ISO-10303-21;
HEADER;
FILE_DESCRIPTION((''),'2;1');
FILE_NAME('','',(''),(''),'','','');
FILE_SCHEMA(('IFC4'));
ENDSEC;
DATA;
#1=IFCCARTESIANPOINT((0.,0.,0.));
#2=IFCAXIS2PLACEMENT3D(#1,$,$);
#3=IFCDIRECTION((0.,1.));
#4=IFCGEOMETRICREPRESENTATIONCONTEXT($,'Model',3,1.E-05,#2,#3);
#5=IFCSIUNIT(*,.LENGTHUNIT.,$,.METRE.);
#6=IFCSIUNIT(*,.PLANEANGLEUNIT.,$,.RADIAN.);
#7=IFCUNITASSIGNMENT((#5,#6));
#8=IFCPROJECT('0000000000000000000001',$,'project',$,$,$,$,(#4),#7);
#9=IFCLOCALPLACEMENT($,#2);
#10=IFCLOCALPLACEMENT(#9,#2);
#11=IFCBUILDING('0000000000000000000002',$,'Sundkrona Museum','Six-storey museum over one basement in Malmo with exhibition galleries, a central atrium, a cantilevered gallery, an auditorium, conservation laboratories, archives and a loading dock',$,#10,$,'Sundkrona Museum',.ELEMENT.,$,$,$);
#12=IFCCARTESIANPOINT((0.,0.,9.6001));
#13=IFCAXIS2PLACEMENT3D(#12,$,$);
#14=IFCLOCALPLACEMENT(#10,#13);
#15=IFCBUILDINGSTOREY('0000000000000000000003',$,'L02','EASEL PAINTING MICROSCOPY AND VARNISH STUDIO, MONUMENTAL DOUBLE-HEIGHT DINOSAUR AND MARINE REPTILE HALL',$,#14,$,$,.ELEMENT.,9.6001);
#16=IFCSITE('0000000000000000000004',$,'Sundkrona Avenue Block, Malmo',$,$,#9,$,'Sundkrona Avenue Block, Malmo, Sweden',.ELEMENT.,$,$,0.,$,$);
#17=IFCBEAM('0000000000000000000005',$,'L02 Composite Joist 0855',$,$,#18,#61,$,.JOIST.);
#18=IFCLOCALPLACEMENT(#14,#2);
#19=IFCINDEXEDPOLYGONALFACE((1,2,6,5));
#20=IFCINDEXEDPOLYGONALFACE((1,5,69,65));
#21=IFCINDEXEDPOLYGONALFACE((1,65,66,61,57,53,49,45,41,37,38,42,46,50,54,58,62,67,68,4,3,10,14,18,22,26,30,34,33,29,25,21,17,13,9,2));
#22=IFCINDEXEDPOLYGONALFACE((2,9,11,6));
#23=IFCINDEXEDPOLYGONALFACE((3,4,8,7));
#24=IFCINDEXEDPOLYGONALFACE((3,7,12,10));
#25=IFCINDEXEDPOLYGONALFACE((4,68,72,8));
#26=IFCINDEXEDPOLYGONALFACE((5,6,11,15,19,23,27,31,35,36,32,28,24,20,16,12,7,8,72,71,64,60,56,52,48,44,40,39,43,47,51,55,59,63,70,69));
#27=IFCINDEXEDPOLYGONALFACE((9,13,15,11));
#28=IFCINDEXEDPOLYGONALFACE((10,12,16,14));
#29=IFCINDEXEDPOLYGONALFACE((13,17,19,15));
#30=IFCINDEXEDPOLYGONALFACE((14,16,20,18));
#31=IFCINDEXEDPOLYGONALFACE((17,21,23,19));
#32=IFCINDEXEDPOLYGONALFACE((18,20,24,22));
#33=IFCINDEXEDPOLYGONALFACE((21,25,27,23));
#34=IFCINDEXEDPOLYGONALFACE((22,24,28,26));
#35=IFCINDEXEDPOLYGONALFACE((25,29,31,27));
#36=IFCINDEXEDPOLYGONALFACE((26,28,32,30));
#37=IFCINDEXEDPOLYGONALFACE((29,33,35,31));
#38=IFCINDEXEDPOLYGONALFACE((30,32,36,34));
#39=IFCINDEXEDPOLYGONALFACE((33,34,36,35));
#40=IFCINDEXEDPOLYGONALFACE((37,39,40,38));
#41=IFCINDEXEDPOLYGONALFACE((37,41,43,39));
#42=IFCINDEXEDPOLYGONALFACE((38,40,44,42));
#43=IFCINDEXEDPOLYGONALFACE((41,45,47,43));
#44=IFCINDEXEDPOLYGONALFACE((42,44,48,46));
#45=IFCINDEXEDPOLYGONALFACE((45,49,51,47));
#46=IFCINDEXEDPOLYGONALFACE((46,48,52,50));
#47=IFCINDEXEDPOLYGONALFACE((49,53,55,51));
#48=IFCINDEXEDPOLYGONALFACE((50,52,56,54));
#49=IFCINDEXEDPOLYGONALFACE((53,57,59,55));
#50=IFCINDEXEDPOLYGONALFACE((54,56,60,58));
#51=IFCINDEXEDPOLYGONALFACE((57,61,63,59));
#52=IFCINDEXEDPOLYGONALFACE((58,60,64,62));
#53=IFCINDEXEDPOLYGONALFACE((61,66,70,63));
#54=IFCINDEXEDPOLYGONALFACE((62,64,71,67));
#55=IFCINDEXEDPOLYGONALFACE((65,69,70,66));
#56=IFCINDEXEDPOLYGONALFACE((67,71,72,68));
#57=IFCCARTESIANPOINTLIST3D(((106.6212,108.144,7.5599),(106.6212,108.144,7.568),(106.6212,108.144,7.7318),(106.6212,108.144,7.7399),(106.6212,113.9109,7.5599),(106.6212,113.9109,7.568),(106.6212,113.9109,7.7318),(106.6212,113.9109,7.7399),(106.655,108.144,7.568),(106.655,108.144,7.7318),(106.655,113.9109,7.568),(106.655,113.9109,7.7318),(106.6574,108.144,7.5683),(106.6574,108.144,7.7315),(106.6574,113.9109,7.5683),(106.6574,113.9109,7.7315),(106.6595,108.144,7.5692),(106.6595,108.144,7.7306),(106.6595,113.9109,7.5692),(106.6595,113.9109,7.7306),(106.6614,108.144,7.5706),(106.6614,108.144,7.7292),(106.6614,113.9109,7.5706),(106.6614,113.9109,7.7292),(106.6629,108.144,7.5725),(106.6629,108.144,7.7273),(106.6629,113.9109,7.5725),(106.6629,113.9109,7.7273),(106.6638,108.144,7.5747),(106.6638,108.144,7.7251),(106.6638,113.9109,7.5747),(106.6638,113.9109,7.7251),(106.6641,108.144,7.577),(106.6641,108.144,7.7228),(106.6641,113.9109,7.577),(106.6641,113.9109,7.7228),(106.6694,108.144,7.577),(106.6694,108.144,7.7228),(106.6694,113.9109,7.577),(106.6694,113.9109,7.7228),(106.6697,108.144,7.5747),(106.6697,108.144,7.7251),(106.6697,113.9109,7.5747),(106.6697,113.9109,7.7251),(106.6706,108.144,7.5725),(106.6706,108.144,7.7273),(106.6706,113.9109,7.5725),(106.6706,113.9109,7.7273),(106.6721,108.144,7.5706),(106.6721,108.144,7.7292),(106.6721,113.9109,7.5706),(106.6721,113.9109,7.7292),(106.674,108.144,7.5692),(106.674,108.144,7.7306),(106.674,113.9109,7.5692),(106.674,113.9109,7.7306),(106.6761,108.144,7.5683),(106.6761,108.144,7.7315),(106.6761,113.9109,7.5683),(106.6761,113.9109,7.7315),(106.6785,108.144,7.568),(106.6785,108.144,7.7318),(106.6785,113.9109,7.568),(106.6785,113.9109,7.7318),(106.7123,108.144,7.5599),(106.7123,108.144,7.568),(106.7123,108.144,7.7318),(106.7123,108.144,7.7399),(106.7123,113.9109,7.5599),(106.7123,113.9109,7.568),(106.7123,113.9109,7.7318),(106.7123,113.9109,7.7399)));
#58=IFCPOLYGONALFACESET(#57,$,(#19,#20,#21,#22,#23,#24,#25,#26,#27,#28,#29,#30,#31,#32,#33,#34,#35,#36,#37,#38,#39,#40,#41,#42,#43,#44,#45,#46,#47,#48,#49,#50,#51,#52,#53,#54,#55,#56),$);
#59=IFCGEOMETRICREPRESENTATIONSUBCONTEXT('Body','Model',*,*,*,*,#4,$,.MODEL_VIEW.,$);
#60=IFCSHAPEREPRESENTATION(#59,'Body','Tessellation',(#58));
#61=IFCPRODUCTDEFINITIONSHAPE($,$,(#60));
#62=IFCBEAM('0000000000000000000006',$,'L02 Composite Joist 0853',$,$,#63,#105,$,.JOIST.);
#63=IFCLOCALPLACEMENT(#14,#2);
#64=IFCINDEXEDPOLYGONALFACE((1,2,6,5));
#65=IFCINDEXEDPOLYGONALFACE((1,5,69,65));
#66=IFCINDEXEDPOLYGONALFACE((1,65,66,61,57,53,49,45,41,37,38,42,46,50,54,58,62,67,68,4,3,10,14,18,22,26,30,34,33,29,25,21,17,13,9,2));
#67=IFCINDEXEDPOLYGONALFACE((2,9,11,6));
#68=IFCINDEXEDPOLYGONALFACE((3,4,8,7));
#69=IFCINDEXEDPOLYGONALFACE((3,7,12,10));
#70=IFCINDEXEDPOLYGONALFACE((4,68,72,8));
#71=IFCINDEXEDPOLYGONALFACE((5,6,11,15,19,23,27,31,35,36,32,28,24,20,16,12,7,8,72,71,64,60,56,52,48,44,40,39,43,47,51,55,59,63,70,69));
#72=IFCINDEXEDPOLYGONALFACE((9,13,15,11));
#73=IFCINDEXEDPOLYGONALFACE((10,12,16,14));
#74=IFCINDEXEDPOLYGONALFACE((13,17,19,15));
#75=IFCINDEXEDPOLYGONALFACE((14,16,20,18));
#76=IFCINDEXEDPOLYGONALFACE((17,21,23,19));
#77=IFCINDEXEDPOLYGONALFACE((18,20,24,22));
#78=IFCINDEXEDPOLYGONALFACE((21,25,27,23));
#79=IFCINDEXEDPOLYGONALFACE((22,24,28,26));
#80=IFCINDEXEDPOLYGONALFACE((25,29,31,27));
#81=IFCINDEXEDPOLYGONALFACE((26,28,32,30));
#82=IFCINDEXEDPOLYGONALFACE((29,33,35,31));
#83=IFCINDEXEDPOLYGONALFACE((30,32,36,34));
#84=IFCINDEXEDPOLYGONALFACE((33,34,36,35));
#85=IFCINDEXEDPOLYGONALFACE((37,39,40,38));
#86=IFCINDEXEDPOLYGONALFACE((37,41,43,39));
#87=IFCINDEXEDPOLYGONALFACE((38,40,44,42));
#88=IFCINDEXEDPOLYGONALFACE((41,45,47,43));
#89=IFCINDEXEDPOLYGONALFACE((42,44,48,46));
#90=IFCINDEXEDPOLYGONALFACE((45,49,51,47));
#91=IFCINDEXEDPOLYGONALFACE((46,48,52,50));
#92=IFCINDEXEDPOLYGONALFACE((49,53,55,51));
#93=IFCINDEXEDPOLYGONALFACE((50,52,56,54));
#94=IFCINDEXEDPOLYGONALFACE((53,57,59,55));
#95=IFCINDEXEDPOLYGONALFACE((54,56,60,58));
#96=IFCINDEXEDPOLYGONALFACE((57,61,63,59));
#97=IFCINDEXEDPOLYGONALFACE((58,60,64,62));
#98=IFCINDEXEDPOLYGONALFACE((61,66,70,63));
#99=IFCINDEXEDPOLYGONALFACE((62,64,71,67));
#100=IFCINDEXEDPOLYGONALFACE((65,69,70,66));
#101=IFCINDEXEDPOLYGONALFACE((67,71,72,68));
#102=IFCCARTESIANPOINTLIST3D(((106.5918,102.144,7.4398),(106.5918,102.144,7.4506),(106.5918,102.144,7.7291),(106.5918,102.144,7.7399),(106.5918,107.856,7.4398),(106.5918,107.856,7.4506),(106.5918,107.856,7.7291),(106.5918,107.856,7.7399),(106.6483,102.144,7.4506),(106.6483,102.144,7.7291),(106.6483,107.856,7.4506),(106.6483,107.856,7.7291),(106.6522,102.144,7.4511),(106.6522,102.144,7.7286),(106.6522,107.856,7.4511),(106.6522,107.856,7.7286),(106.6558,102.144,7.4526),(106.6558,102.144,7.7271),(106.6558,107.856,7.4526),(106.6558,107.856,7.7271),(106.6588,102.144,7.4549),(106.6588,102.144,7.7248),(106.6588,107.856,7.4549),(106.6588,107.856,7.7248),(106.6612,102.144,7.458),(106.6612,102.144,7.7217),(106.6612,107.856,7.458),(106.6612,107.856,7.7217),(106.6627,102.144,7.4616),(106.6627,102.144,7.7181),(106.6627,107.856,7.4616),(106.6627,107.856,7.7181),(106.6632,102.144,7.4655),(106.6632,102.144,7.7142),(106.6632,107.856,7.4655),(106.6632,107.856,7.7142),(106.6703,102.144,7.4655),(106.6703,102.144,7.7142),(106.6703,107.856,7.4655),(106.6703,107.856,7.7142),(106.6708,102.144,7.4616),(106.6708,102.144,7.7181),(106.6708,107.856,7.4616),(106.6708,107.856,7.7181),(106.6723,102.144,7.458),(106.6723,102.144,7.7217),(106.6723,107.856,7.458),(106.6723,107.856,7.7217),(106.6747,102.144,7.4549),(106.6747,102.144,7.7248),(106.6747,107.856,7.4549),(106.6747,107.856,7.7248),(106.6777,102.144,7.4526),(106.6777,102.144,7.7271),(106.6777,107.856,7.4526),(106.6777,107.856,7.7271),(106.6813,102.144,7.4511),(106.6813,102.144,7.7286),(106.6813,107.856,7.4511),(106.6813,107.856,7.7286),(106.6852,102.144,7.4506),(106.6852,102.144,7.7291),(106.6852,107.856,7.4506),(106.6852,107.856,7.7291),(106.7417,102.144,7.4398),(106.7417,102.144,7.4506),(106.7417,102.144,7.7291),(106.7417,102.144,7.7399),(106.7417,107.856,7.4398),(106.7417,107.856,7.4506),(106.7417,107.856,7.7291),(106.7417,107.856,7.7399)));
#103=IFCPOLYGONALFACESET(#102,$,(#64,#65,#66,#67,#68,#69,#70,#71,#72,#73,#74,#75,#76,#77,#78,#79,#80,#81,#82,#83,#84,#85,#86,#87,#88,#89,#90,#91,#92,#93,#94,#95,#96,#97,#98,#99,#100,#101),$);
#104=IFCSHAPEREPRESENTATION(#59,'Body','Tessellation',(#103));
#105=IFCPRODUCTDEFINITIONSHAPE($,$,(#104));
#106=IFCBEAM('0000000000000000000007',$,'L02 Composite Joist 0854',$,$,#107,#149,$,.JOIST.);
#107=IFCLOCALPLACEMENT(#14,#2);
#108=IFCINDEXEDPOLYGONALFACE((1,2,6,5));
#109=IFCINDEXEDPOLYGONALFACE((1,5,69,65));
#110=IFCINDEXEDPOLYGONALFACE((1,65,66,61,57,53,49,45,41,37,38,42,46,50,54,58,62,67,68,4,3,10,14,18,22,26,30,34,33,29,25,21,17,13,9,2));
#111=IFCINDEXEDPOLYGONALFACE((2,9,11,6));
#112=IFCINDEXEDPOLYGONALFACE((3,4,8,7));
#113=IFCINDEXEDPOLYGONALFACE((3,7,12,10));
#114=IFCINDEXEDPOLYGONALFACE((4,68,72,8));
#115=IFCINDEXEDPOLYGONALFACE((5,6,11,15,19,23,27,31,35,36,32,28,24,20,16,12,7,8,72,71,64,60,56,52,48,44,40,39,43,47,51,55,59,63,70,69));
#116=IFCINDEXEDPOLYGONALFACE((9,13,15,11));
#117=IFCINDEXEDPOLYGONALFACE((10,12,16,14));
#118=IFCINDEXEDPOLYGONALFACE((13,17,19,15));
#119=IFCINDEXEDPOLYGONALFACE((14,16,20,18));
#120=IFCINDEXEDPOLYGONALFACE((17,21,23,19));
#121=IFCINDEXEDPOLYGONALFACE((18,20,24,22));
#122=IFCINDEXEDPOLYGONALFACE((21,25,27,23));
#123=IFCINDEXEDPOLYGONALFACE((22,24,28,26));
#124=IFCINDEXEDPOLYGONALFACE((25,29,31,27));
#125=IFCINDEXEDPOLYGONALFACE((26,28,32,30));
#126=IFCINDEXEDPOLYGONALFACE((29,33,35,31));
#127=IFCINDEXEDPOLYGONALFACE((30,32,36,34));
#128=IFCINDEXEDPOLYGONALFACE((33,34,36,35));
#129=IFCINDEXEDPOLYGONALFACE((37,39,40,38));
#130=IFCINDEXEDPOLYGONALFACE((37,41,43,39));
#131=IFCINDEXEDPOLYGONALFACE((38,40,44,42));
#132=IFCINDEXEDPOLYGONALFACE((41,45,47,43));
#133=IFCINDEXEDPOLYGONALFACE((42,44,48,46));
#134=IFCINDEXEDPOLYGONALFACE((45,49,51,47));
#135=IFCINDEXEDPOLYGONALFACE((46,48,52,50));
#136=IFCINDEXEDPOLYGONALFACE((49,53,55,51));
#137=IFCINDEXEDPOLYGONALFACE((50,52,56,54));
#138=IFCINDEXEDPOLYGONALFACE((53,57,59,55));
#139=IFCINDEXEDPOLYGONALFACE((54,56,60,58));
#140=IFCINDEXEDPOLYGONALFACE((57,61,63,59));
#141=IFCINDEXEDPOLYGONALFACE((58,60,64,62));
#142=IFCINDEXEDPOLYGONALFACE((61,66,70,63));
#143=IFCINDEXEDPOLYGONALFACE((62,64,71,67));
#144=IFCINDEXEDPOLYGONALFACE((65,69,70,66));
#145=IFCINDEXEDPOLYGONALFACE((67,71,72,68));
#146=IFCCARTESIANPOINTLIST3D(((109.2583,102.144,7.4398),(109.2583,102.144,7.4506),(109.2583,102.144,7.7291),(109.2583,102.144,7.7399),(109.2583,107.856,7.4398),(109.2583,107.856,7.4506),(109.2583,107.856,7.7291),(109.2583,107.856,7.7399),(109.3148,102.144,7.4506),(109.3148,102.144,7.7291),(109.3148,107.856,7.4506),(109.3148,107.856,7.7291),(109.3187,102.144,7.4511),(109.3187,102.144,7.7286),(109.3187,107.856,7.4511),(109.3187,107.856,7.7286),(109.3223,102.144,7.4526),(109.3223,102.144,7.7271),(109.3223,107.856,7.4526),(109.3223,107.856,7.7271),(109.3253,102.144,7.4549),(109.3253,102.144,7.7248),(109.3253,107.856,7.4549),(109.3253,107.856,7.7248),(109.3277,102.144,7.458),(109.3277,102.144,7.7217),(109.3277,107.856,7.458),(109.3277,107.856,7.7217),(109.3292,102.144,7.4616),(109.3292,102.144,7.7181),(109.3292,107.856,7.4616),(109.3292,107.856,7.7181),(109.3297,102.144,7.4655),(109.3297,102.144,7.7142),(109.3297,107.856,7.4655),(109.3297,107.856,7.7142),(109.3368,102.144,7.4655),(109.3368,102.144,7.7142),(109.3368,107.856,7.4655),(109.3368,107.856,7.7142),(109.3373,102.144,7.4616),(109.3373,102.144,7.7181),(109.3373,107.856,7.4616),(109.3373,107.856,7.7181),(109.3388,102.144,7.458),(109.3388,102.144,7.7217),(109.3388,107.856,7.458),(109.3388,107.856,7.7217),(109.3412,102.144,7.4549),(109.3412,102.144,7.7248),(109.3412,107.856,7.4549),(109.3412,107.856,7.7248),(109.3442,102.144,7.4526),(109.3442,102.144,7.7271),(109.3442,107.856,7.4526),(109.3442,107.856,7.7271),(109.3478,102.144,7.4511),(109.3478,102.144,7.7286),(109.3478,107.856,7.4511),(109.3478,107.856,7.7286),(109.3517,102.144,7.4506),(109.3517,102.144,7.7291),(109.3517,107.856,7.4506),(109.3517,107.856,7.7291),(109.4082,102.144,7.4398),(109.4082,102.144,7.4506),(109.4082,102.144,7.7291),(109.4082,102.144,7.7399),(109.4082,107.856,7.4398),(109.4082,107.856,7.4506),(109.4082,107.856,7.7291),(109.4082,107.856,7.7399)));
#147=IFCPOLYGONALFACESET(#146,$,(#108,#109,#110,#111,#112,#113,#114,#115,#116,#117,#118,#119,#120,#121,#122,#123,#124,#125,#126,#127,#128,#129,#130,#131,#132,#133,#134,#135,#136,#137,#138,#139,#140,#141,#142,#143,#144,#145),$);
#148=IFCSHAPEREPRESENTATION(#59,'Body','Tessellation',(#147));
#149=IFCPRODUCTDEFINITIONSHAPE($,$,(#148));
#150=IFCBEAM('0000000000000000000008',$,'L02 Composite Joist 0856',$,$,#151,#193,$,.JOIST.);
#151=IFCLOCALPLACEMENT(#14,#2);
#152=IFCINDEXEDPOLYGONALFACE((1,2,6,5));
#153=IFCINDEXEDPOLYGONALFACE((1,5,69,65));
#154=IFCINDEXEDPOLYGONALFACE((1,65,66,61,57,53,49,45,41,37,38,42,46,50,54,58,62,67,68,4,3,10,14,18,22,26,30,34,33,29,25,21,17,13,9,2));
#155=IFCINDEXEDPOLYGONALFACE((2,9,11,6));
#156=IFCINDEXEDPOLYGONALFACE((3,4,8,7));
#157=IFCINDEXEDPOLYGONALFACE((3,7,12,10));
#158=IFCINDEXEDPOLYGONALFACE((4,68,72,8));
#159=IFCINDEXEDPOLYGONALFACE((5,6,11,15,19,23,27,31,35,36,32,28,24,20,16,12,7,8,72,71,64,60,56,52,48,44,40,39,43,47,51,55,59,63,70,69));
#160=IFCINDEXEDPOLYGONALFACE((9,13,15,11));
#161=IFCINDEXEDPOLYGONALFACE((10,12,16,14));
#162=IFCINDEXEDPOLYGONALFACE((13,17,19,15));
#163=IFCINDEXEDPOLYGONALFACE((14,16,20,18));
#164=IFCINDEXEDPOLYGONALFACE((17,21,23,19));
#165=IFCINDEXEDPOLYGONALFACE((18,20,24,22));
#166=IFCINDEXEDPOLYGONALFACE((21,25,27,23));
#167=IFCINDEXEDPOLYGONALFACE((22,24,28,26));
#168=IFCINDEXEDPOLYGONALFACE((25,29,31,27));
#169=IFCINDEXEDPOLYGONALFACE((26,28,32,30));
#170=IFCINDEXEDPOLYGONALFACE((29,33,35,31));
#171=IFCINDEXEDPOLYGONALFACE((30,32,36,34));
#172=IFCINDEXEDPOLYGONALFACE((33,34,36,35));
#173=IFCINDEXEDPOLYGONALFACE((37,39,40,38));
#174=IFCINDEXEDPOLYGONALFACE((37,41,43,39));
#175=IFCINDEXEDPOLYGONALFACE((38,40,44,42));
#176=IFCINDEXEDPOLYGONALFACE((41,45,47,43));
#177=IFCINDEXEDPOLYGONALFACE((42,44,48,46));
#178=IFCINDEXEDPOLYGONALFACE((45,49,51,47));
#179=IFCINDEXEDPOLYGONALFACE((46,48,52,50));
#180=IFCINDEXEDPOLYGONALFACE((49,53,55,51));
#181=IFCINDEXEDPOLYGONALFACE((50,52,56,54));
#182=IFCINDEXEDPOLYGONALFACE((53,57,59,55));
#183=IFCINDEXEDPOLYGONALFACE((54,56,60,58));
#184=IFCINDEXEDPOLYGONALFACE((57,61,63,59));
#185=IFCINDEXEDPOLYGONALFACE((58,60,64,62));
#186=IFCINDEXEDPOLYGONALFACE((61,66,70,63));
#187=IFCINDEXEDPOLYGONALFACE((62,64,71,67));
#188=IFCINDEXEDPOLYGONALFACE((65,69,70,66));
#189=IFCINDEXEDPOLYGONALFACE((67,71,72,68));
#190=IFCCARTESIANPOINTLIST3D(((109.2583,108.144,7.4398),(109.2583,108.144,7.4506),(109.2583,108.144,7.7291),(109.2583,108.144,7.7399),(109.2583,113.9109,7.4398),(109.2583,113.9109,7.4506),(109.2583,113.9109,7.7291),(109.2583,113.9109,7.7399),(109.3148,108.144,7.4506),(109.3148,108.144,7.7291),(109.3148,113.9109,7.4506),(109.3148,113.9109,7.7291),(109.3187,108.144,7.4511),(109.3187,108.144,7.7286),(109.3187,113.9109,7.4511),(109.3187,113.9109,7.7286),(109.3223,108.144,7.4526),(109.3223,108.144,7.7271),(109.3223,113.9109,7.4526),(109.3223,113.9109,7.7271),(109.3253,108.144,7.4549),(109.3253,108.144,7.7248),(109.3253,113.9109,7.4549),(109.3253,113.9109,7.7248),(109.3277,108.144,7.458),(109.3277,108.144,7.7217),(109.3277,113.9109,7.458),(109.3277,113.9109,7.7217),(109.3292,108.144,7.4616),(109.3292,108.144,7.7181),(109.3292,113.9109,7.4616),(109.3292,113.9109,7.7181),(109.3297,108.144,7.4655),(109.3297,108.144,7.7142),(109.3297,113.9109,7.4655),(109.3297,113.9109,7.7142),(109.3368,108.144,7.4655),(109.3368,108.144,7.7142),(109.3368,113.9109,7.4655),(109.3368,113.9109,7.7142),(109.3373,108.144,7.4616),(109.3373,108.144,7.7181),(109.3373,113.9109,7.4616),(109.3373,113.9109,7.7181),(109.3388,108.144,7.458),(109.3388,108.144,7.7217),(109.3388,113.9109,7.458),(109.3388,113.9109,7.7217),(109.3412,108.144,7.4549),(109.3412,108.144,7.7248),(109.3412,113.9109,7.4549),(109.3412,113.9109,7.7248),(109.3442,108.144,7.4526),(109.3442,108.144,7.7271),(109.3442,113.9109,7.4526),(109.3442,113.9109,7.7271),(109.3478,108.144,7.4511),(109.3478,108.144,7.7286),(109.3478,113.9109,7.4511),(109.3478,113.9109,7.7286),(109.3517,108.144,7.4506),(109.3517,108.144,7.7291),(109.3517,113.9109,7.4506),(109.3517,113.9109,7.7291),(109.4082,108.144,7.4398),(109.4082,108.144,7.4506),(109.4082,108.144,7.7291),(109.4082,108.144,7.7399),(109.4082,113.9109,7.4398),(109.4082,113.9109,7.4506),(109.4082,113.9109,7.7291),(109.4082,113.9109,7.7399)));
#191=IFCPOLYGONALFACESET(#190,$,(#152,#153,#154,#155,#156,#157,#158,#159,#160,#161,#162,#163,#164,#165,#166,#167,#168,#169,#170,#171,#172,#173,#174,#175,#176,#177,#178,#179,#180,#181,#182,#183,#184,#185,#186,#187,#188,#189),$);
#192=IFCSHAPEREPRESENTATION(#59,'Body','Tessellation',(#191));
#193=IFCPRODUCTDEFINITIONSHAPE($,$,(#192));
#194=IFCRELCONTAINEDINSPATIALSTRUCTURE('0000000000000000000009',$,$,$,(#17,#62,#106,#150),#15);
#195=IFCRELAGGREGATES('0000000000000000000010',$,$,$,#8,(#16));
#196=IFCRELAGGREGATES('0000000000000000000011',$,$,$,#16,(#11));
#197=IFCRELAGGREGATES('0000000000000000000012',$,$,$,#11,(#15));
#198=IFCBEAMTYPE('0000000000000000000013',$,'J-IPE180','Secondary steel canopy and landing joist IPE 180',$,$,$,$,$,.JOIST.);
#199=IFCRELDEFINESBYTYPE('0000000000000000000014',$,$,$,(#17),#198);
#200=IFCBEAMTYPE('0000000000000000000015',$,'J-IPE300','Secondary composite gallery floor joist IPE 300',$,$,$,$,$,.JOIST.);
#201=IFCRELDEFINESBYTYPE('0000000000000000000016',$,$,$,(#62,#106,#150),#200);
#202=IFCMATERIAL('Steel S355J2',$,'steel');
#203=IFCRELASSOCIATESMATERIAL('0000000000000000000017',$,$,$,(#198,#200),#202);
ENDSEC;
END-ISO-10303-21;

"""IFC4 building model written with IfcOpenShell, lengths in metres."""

from ifc_helpers import new_model, si_unit, direction, frame, origin, origin_2d, place, context, subcontext, project, spatial, i_section, extrude, material, material_profile, profile_set, type_object, element, save


model = new_model("IFC4")

# Units and contexts
model_context = context("Model", 3, precision=1e-05, world=origin(), true_north=direction((0.0, 1.0)))
body_context = subcontext(model_context, "Body", "Model", "MODEL_VIEW")
ifc_project = project(units=[si_unit("LENGTHUNIT", "METRE"), si_unit("PLANEANGLEUNIT", "RADIAN")], contexts=[model_context])

# Site, building, storey
site_placement = place(None, origin())
site = spatial("IfcSite", under=ifc_project, at=site_placement, Name="Sundkrona Avenue Block, Malmo", LongName="Sundkrona Avenue Block, Malmo, Sweden", CompositionType="ELEMENT", RefElevation=0.0)
building_placement = place(site_placement, origin())
building = spatial("IfcBuilding", under=site, at=building_placement, Name="Sundkrona Museum", Description="Six-storey museum over one basement in Malmo with exhibition galleries, a central atrium, a cantilevered gallery, an auditorium, conservation laboratories, archives and a loading dock", LongName="Sundkrona Museum", CompositionType="ELEMENT")
storey_placement = place(building_placement, frame((0.0, 0.0, 9.6001)))
storey = spatial("IfcBuildingStorey", under=building, at=storey_placement, Name="L02", Description="EASEL PAINTING MICROSCOPY AND VARNISH STUDIO, MONUMENTAL DOUBLE-HEIGHT DINOSAUR AND MARINE REPTILE HALL", CompositionType="ELEMENT", Elevation=9.6001)

# Shared definitions
ifc_material_1 = material(Name="Steel S355J2", Category="steel")

# Beams
ifc_material_profile_1 = material_profile(ifc_material_1, i_section(OverallWidth=0.0911, OverallDepth=0.1799, WebThickness=0.0054, FlangeThickness=0.0081, FilletRadius=0.009, at=origin_2d()), Name="IPE 180")
ifc_profile_set_1 = profile_set([ifc_material_profile_1], Name="Steel S355J2")
beam_type_1 = type_object("IfcBeamType", Name="J-IPE180", Description="Secondary steel canopy and landing joist IPE 180", PredefinedType="JOIST", material=ifc_profile_set_1)
beam_1_placement = place(storey_placement, frame((106.6667, 108.144, 7.6499), z_axis=(0.0, 1.0, 0.0), x_axis=(-1.0, 0.0, 0.0)))
element("IfcBeam", 1, at=beam_1_placement, inside=storey, type_object=beam_type_1, Name="L02 Composite Joist 0855", PredefinedType="JOIST", context=body_context, shape_type="SweptSolid", body=[
    extrude(i_section(OverallWidth=0.0911, OverallDepth=0.1799, WebThickness=0.0054, FlangeThickness=0.0081, FilletRadius=0.009, at=origin_2d()), origin(), (0.0, 0.0, 1.0), 5.7668),
])
ifc_material_profile_2 = material_profile(ifc_material_1, i_section(OverallWidth=0.1499, OverallDepth=0.3, WebThickness=0.0071, FlangeThickness=0.0107, FilletRadius=0.0149, at=origin_2d()), Name="IPE 300")
ifc_profile_set_2 = profile_set([ifc_material_profile_2], Name="Steel S355J2")
beam_type_2 = type_object("IfcBeamType", Name="J-IPE300", Description="Secondary composite gallery floor joist IPE 300", PredefinedType="JOIST", material=ifc_profile_set_2)
for number, where, z_axis, x_axis, name in (
    (2, (106.6667, 102.144, 7.5898), (0.0, 1.0, 0.0), (-1.0, 0.0, 0.0), "L02 Composite Joist 0853"),
    (3, (109.3333, 102.144, 7.5898), (0.0, 1.0, 0.0), (-1.0, 0.0, 0.0), "L02 Composite Joist 0854"),
):
    element("IfcBeam", number, at=place(storey_placement, frame(where, z_axis=z_axis, x_axis=x_axis)), inside=storey, type_object=beam_type_2, Name=name, PredefinedType="JOIST", context=body_context, shape_type="SweptSolid", body=[
        extrude(i_section(OverallWidth=0.1499, OverallDepth=0.3, WebThickness=0.0071, FlangeThickness=0.0107, FilletRadius=0.0149, at=origin_2d()), origin(), (0.0, 0.0, 1.0), 5.7119),
    ])
beam_2_placement = place(storey_placement, frame((109.3333, 108.144, 7.5898), z_axis=(0.0, 1.0, 0.0), x_axis=(-1.0, 0.0, 0.0)))
element("IfcBeam", 4, at=beam_2_placement, inside=storey, type_object=beam_type_2, Name="L02 Composite Joist 0856", PredefinedType="JOIST", context=body_context, shape_type="SweptSolid", body=[
    extrude(i_section(OverallWidth=0.1499, OverallDepth=0.3, WebThickness=0.0071, FlangeThickness=0.0107, FilletRadius=0.0149, at=origin_2d()), origin(), (0.0, 0.0, 1.0), 5.7668),
])

save(model, "model.ifc")
